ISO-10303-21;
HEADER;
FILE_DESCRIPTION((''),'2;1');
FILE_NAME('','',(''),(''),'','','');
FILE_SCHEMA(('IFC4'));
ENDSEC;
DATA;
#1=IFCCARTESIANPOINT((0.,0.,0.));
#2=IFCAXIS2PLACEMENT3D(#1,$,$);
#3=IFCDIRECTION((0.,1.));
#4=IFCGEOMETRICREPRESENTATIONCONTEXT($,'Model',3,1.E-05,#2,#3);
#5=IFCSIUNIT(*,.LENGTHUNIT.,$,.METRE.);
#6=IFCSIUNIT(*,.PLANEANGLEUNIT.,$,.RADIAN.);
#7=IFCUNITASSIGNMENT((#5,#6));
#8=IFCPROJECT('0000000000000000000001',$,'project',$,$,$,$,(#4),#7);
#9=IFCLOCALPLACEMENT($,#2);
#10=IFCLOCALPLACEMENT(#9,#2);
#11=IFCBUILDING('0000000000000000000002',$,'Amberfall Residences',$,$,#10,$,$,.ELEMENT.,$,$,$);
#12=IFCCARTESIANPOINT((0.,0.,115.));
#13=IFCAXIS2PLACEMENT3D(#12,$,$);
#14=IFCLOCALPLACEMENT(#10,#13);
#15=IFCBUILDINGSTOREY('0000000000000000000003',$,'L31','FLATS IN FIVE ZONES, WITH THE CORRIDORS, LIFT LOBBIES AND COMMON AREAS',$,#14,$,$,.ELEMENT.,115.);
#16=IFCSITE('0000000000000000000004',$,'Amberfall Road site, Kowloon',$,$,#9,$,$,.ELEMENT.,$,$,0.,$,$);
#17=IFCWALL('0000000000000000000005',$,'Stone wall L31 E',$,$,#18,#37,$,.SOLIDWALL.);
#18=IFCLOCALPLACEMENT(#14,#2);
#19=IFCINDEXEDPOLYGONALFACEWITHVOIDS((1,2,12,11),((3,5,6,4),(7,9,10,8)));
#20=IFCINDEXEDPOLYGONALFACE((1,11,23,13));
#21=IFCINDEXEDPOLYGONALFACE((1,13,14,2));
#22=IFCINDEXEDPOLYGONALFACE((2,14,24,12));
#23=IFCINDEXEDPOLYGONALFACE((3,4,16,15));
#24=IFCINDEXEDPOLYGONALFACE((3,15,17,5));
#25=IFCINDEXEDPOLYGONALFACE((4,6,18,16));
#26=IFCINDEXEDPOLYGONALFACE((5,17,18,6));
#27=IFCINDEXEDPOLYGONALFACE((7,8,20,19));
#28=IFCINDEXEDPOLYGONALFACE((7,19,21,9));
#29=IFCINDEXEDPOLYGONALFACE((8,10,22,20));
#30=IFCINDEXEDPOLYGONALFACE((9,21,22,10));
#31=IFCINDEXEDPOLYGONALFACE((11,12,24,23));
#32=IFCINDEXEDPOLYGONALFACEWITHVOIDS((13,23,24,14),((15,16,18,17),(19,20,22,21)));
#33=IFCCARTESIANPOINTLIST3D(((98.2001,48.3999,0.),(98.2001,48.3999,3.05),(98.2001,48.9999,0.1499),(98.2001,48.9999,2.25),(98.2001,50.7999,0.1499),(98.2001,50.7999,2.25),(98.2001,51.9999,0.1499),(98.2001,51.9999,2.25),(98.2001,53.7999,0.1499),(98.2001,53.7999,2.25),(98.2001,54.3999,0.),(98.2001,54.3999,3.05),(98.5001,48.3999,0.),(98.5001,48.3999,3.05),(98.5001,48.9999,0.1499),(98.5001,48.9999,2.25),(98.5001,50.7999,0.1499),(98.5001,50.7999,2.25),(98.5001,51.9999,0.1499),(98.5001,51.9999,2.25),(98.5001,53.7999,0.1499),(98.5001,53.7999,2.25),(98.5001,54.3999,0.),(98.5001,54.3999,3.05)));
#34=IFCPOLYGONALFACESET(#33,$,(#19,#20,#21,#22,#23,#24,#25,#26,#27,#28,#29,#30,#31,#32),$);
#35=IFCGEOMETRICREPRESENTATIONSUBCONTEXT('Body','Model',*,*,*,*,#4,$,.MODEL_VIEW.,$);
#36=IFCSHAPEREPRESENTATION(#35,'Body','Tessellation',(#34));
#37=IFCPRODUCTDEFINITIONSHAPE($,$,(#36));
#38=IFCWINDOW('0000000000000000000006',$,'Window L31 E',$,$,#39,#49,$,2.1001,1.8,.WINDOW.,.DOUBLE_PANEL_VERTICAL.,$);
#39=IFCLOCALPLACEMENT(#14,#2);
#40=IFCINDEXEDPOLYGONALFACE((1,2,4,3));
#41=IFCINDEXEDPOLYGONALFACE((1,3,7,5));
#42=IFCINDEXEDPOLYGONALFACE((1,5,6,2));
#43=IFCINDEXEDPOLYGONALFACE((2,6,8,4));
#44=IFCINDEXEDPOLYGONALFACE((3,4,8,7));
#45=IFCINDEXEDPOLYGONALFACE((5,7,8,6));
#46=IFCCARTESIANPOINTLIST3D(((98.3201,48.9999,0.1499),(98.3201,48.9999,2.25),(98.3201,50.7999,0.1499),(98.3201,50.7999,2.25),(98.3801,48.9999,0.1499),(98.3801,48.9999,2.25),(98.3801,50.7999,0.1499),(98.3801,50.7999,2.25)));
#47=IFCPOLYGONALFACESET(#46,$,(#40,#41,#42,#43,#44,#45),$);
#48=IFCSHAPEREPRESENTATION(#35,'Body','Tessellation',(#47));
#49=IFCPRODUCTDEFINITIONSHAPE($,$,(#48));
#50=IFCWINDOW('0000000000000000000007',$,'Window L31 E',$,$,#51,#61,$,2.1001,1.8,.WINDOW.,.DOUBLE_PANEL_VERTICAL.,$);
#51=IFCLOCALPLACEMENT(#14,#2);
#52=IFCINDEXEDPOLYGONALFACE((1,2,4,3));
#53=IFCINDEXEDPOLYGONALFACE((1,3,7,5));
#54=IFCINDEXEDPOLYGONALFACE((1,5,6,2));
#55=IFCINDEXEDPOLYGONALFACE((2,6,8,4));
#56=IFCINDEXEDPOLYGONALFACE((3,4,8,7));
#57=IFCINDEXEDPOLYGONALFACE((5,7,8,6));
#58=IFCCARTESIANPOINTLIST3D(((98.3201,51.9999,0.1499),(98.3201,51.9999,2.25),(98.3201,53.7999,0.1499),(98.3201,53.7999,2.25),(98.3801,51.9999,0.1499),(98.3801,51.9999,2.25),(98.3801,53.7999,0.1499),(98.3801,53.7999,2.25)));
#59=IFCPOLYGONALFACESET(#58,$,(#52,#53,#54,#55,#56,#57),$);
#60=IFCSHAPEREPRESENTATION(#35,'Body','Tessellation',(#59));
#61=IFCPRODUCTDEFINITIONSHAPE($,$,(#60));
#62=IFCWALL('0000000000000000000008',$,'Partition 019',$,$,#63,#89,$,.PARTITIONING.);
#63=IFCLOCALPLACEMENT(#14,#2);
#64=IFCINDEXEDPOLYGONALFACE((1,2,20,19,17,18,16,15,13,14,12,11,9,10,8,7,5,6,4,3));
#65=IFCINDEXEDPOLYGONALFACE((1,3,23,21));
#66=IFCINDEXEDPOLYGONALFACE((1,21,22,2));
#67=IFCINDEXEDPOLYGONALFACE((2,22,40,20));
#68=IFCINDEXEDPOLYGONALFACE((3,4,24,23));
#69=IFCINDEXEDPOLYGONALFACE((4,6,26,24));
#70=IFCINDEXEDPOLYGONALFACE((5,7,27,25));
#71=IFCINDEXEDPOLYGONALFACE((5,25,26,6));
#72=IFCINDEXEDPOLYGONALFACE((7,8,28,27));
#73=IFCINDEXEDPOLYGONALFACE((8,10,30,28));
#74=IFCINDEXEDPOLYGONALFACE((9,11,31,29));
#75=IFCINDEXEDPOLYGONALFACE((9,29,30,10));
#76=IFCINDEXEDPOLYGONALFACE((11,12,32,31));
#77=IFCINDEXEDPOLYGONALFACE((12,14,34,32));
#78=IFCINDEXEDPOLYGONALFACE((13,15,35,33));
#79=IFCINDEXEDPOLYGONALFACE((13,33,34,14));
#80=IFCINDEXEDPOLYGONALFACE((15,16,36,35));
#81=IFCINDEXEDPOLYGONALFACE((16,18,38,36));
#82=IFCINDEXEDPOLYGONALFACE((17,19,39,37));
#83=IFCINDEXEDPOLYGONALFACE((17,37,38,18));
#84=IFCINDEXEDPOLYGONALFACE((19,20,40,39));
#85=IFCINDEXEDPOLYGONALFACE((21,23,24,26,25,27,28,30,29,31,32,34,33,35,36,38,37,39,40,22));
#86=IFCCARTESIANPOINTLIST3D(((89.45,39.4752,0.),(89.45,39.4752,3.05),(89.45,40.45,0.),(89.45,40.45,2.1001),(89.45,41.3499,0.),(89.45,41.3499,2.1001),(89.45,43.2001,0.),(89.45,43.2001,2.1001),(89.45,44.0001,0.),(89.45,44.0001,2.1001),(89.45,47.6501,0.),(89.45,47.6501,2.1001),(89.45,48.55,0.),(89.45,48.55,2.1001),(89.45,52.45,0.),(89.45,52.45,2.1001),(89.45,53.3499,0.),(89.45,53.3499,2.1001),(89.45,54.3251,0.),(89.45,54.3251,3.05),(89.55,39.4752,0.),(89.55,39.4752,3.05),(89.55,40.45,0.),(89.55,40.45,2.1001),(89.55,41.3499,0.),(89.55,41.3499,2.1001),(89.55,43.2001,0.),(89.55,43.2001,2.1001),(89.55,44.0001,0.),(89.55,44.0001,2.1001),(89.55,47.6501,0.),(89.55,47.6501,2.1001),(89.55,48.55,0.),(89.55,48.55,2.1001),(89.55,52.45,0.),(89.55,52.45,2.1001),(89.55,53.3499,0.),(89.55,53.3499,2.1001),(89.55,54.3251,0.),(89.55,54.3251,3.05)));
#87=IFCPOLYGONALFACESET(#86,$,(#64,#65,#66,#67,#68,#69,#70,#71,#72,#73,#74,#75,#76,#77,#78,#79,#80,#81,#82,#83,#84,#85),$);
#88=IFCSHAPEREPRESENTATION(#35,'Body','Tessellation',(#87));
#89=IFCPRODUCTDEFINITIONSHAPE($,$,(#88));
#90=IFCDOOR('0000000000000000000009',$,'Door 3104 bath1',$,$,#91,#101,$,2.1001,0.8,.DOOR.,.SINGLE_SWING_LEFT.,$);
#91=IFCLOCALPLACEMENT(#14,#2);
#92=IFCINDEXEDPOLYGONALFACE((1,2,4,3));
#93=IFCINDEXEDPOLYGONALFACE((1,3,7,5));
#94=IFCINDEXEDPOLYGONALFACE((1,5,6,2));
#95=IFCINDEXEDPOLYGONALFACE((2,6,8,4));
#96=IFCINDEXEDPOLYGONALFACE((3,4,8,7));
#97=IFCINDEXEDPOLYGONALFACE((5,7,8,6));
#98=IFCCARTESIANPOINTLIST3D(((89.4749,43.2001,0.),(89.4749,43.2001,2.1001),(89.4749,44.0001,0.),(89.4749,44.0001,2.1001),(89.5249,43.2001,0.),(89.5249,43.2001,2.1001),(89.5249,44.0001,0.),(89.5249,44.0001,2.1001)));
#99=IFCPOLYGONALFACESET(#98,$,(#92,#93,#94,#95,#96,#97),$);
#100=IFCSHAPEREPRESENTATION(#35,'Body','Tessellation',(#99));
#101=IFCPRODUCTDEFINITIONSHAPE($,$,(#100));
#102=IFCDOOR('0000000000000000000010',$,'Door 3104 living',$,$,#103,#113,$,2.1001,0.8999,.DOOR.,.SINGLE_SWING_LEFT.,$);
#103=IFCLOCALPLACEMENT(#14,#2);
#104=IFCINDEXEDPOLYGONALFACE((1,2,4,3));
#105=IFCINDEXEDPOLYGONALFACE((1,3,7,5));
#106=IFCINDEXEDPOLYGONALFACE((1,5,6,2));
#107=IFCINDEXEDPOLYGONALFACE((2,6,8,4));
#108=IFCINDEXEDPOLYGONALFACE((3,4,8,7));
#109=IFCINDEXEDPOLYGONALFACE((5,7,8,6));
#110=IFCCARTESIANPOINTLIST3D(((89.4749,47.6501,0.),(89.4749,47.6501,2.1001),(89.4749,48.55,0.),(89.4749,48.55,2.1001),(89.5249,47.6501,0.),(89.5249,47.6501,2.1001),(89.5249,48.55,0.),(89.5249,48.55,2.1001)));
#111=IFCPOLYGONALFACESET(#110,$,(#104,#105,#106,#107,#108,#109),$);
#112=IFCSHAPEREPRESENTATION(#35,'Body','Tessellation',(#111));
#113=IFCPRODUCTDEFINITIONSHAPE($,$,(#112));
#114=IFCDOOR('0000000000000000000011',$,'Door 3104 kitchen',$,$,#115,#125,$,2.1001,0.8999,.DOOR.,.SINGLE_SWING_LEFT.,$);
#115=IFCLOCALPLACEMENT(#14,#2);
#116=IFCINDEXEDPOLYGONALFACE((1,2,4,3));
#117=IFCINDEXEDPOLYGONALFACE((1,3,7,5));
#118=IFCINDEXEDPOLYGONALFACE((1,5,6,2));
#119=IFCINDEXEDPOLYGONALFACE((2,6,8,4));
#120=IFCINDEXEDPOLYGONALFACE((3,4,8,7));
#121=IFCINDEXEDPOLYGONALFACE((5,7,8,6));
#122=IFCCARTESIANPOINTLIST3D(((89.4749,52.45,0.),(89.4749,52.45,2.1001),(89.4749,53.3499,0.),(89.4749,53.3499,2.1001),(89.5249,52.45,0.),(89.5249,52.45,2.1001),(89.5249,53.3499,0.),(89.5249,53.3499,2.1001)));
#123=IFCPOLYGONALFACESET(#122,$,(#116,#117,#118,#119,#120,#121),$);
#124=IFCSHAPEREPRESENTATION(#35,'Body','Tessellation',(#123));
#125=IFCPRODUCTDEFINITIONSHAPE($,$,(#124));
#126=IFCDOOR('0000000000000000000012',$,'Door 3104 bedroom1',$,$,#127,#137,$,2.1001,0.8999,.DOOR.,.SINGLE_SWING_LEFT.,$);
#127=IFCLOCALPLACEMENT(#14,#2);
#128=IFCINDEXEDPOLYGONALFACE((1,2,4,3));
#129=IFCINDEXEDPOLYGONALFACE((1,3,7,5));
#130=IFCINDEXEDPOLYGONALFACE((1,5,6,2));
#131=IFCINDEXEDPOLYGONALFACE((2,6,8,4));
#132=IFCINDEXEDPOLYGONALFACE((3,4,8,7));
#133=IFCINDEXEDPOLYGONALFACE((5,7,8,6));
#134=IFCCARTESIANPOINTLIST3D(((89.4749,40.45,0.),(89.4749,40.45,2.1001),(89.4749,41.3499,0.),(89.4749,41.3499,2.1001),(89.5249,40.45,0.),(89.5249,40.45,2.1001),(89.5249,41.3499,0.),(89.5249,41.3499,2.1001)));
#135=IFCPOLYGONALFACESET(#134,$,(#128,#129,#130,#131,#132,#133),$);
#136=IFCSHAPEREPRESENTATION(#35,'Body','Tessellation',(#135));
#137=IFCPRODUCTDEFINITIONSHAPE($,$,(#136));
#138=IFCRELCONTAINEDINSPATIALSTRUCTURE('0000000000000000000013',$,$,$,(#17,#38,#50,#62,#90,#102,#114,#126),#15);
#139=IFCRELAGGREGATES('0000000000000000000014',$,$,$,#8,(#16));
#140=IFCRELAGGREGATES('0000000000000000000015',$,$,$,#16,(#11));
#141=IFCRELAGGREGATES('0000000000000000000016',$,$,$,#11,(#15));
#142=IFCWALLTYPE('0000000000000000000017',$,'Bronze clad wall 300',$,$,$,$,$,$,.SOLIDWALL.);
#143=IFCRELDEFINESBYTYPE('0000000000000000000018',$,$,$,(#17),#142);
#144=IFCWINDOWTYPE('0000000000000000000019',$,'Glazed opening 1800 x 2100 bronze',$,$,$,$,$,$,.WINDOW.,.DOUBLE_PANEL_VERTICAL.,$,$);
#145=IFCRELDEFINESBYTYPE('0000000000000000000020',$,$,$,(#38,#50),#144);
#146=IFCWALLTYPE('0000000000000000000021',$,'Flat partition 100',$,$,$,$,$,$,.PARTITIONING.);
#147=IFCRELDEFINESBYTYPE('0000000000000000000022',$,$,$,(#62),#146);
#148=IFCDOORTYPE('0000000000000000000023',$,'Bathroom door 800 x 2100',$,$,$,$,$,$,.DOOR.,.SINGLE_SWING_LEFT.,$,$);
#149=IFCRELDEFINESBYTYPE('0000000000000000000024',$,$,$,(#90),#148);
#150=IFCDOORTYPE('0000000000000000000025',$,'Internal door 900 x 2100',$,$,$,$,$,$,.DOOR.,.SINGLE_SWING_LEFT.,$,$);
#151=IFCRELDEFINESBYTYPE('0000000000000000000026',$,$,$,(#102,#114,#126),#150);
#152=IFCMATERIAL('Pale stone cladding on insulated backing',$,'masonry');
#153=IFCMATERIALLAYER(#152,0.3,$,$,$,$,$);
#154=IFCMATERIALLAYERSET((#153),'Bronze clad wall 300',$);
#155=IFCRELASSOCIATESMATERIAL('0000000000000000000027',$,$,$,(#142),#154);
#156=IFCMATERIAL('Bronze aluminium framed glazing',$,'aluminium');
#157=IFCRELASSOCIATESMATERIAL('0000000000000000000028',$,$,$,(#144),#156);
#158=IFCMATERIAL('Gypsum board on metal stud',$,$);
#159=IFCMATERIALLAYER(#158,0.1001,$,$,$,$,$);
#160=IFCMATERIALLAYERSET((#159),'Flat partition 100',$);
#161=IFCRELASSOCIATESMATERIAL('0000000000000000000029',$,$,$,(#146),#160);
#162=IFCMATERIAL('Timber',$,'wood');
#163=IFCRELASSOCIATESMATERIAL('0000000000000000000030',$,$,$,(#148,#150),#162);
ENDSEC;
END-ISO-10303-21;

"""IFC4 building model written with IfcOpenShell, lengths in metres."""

from ifc_helpers import new_model, si_unit, direction, frame, frame_2d, origin, place, context, subcontext, project, spatial, rectangle, extrude, material, layer, layer_set, type_object, element, fill, save


model = new_model("IFC4")

# Units and contexts
model_context = context("Model", 3, precision=1e-05, world=origin(), true_north=direction((0.0, 1.0)))
body_context = subcontext(model_context, "Body", "Model", "MODEL_VIEW")
ifc_project = project(units=[si_unit("LENGTHUNIT", "METRE"), si_unit("PLANEANGLEUNIT", "RADIAN")], contexts=[model_context])

# Site, building, storey
site_placement = place(None, origin())
site = spatial("IfcSite", under=ifc_project, at=site_placement, Name="Amberfall Road site, Kowloon", CompositionType="ELEMENT", RefElevation=0.0)
building_placement = place(site_placement, origin())
building = spatial("IfcBuilding", under=site, at=building_placement, Name="Amberfall Residences", CompositionType="ELEMENT")
storey_placement = place(building_placement, frame((0.0, 0.0, 115.0)))
storey = spatial("IfcBuildingStorey", under=building, at=storey_placement, Name="L31", Description="FLATS IN FIVE ZONES, WITH THE CORRIDORS, LIFT LOBBIES AND COMMON AREAS", CompositionType="ELEMENT", Elevation=115.0)

# Shared definitions
ifc_material_1 = material(Name="Pale stone cladding on insulated backing", Category="masonry")
ifc_layer_1 = layer(ifc_material_1, 0.3)
ifc_layer_set_1 = layer_set([ifc_layer_1], Name="Bronze clad wall 300")
wall_type_1 = type_object("IfcWallType", Name="Bronze clad wall 300", PredefinedType="SOLIDWALL", material=ifc_layer_set_1)

# Wall, openings, windows
wall_1_placement = place(storey_placement, frame((98.3501, 48.3999, 0.0), z_axis=(0.0, 0.0, 1.0), x_axis=(0.0, 1.0, 0.0)))
wall_1 = element("IfcWall", 1, at=wall_1_placement, inside=storey, type_object=wall_type_1, Name="Stone wall L31 E", PredefinedType="SOLIDWALL", context=body_context, shape_type="SweptSolid", body=[
    extrude(rectangle(XDim=6.0, YDim=0.3, at=frame_2d((3.0, 0.0))), origin(), (0.0, 0.0, 1.0), 3.05),
])
opening_1_placement = place(wall_1_placement, frame((0.6001, 0.0, 0.1499)))
opening_1 = element("IfcOpeningElement", 2, at=opening_1_placement, cuts=wall_1, PredefinedType="OPENING", context=body_context, shape_type="SweptSolid", body=[
    extrude(rectangle(XDim=1.8, YDim=2.1001, at=frame_2d((0.8999, 1.05))), frame((0.0, 0.1599, 0.0), z_axis=(0.0, -1.0, 0.0), x_axis=(1.0, 0.0, 0.0)), (0.0, 0.0, 1.0), 0.3201),
])
opening_2_placement = place(wall_1_placement, frame((3.6001, 0.0, 0.1499)))
opening_2 = element("IfcOpeningElement", 3, at=opening_2_placement, cuts=wall_1, PredefinedType="OPENING", context=body_context, shape_type="SweptSolid", body=[
    extrude(rectangle(XDim=1.8, YDim=2.1001, at=frame_2d((0.8999, 1.05))), frame((0.0, 0.1599, 0.0), z_axis=(0.0, -1.0, 0.0), x_axis=(1.0, 0.0, 0.0)), (0.0, 0.0, 1.0), 0.3201),
])
ifc_material_2 = material(Name="Bronze aluminium framed glazing", Category="aluminium")
window_type = type_object("IfcWindowType", Name="Glazed opening 1800 x 2100 bronze", PartitioningType="DOUBLE_PANEL_VERTICAL", PredefinedType="WINDOW", material=ifc_material_2)
window_1_placement = place(opening_1_placement, origin())
window_1 = element("IfcWindow", 4, at=window_1_placement, inside=storey, type_object=window_type, Name="Window L31 E", OverallHeight=2.1001, OverallWidth=1.8, PartitioningType="DOUBLE_PANEL_VERTICAL", PredefinedType="WINDOW", context=body_context, shape_type="SweptSolid", body=[
    extrude(rectangle(XDim=1.8, YDim=2.1001, at=frame_2d((0.8999, 1.05))), frame((0.0, 0.03, 0.0), z_axis=(0.0, -1.0, 0.0), x_axis=(1.0, 0.0, 0.0)), (0.0, 0.0, 1.0), 0.0601),
])
fill(opening_1, window_1)
window_2_placement = place(opening_2_placement, origin())
window_2 = element("IfcWindow", 5, at=window_2_placement, inside=storey, type_object=window_type, Name="Window L31 E", OverallHeight=2.1001, OverallWidth=1.8, PartitioningType="DOUBLE_PANEL_VERTICAL", PredefinedType="WINDOW", context=body_context, shape_type="SweptSolid", body=[
    extrude(rectangle(XDim=1.8, YDim=2.1001, at=frame_2d((0.8999, 1.05))), frame((0.0, 0.03, 0.0), z_axis=(0.0, -1.0, 0.0), x_axis=(1.0, 0.0, 0.0)), (0.0, 0.0, 1.0), 0.0601),
])
fill(opening_2, window_2)

# Wall, openings, doors
ifc_material_3 = material(Name="Gypsum board on metal stud")
ifc_layer_2 = layer(ifc_material_3, 0.1001)
ifc_layer_set_2 = layer_set([ifc_layer_2], Name="Flat partition 100")
wall_type_2 = type_object("IfcWallType", Name="Flat partition 100", PredefinedType="PARTITIONING", material=ifc_layer_set_2)
wall_2_placement = place(storey_placement, frame((89.5, 54.325, 0.0), z_axis=(0.0, 0.0, 1.0), x_axis=(0.0, -1.0, 0.0)))
wall_2 = element("IfcWall", 6, at=wall_2_placement, inside=storey, type_object=wall_type_2, Name="Partition 019", PredefinedType="PARTITIONING", context=body_context, shape_type="SweptSolid", body=[
    extrude(rectangle(XDim=14.8499, YDim=0.1001, at=frame_2d((7.4248, 0.0))), origin(), (0.0, 0.0, 1.0), 3.05),
])
opening_3_placement = place(wall_2_placement, frame((5.7749, 0.0, 0.0)))
opening_3 = element("IfcOpeningElement", 7, at=opening_3_placement, cuts=wall_2, PredefinedType="OPENING", context=body_context, shape_type="SweptSolid", body=[
    extrude(rectangle(XDim=0.8999, YDim=2.1001, at=frame_2d((0.45, 1.05))), frame((0.0, 0.0601, 0.0), z_axis=(0.0, -1.0, 0.0), x_axis=(1.0, 0.0, 0.0)), (0.0, 0.0, 1.0), 0.1201),
])
opening_4_placement = place(wall_2_placement, frame((0.9751, 0.0, 0.0)))
opening_4 = element("IfcOpeningElement", 8, at=opening_4_placement, cuts=wall_2, PredefinedType="OPENING", context=body_context, shape_type="SweptSolid", body=[
    extrude(rectangle(XDim=0.8999, YDim=2.1001, at=frame_2d((0.45, 1.05))), frame((0.0, 0.0601, 0.0), z_axis=(0.0, -1.0, 0.0), x_axis=(1.0, 0.0, 0.0)), (0.0, 0.0, 1.0), 0.1201),
])
opening_5_placement = place(wall_2_placement, frame((12.9751, 0.0, 0.0)))
opening_5 = element("IfcOpeningElement", 9, at=opening_5_placement, cuts=wall_2, PredefinedType="OPENING", context=body_context, shape_type="SweptSolid", body=[
    extrude(rectangle(XDim=0.8999, YDim=2.1001, at=frame_2d((0.45, 1.05))), frame((0.0, 0.0601, 0.0), z_axis=(0.0, -1.0, 0.0), x_axis=(1.0, 0.0, 0.0)), (0.0, 0.0, 1.0), 0.1201),
])
opening_6_placement = place(wall_2_placement, frame((10.325, 0.0, 0.0)))
opening_6 = element("IfcOpeningElement", 10, at=opening_6_placement, cuts=wall_2, PredefinedType="OPENING", context=body_context, shape_type="SweptSolid", body=[
    extrude(rectangle(XDim=0.8, YDim=2.1001, at=frame_2d((0.3999, 1.05))), frame((0.0, 0.0601, 0.0), z_axis=(0.0, -1.0, 0.0), x_axis=(1.0, 0.0, 0.0)), (0.0, 0.0, 1.0), 0.1201),
])
ifc_material_4 = material(Name="Timber", Category="wood")
door_type_1 = type_object("IfcDoorType", Name="Bathroom door 800 x 2100", OperationType="SINGLE_SWING_LEFT", PredefinedType="DOOR", material=ifc_material_4)
door_1_placement = place(opening_6_placement, origin())
door_1 = element("IfcDoor", 11, at=door_1_placement, inside=storey, type_object=door_type_1, Name="Door 3104 bath1", OperationType="SINGLE_SWING_LEFT", OverallHeight=2.1001, OverallWidth=0.8, PredefinedType="DOOR", context=body_context, shape_type="SweptSolid", body=[
    extrude(rectangle(XDim=0.8, YDim=2.1001, at=frame_2d((0.3999, 1.05))), frame((0.0, 0.0249, 0.0), z_axis=(0.0, -1.0, 0.0), x_axis=(1.0, 0.0, 0.0)), (0.0, 0.0, 1.0), 0.05),
])
fill(opening_6, door_1)
door_type_2 = type_object("IfcDoorType", Name="Internal door 900 x 2100", OperationType="SINGLE_SWING_LEFT", PredefinedType="DOOR", material=ifc_material_4)
door_2_placement = place(opening_3_placement, origin())
door_2 = element("IfcDoor", 12, at=door_2_placement, inside=storey, type_object=door_type_2, Name="Door 3104 living", OperationType="SINGLE_SWING_LEFT", OverallHeight=2.1001, OverallWidth=0.8999, PredefinedType="DOOR", context=body_context, shape_type="SweptSolid", body=[
    extrude(rectangle(XDim=0.8999, YDim=2.1001, at=frame_2d((0.45, 1.05))), frame((0.0, 0.0249, 0.0), z_axis=(0.0, -1.0, 0.0), x_axis=(1.0, 0.0, 0.0)), (0.0, 0.0, 1.0), 0.05),
])
fill(opening_3, door_2)
door_3_placement = place(opening_4_placement, origin())
door_3 = element("IfcDoor", 13, at=door_3_placement, inside=storey, type_object=door_type_2, Name="Door 3104 kitchen", OperationType="SINGLE_SWING_LEFT", OverallHeight=2.1001, OverallWidth=0.8999, PredefinedType="DOOR", context=body_context, shape_type="SweptSolid", body=[
    extrude(rectangle(XDim=0.8999, YDim=2.1001, at=frame_2d((0.45, 1.05))), frame((0.0, 0.0249, 0.0), z_axis=(0.0, -1.0, 0.0), x_axis=(1.0, 0.0, 0.0)), (0.0, 0.0, 1.0), 0.05),
])
fill(opening_4, door_3)
door_4_placement = place(opening_5_placement, origin())
door_4 = element("IfcDoor", 14, at=door_4_placement, inside=storey, type_object=door_type_2, Name="Door 3104 bedroom1", OperationType="SINGLE_SWING_LEFT", OverallHeight=2.1001, OverallWidth=0.8999, PredefinedType="DOOR", context=body_context, shape_type="SweptSolid", body=[
    extrude(rectangle(XDim=0.8999, YDim=2.1001, at=frame_2d((0.45, 1.05))), frame((0.0, 0.0249, 0.0), z_axis=(0.0, -1.0, 0.0), x_axis=(1.0, 0.0, 0.0)), (0.0, 0.0, 1.0), 0.05),
])
fill(opening_5, door_4)

save(model, "model.ifc")
